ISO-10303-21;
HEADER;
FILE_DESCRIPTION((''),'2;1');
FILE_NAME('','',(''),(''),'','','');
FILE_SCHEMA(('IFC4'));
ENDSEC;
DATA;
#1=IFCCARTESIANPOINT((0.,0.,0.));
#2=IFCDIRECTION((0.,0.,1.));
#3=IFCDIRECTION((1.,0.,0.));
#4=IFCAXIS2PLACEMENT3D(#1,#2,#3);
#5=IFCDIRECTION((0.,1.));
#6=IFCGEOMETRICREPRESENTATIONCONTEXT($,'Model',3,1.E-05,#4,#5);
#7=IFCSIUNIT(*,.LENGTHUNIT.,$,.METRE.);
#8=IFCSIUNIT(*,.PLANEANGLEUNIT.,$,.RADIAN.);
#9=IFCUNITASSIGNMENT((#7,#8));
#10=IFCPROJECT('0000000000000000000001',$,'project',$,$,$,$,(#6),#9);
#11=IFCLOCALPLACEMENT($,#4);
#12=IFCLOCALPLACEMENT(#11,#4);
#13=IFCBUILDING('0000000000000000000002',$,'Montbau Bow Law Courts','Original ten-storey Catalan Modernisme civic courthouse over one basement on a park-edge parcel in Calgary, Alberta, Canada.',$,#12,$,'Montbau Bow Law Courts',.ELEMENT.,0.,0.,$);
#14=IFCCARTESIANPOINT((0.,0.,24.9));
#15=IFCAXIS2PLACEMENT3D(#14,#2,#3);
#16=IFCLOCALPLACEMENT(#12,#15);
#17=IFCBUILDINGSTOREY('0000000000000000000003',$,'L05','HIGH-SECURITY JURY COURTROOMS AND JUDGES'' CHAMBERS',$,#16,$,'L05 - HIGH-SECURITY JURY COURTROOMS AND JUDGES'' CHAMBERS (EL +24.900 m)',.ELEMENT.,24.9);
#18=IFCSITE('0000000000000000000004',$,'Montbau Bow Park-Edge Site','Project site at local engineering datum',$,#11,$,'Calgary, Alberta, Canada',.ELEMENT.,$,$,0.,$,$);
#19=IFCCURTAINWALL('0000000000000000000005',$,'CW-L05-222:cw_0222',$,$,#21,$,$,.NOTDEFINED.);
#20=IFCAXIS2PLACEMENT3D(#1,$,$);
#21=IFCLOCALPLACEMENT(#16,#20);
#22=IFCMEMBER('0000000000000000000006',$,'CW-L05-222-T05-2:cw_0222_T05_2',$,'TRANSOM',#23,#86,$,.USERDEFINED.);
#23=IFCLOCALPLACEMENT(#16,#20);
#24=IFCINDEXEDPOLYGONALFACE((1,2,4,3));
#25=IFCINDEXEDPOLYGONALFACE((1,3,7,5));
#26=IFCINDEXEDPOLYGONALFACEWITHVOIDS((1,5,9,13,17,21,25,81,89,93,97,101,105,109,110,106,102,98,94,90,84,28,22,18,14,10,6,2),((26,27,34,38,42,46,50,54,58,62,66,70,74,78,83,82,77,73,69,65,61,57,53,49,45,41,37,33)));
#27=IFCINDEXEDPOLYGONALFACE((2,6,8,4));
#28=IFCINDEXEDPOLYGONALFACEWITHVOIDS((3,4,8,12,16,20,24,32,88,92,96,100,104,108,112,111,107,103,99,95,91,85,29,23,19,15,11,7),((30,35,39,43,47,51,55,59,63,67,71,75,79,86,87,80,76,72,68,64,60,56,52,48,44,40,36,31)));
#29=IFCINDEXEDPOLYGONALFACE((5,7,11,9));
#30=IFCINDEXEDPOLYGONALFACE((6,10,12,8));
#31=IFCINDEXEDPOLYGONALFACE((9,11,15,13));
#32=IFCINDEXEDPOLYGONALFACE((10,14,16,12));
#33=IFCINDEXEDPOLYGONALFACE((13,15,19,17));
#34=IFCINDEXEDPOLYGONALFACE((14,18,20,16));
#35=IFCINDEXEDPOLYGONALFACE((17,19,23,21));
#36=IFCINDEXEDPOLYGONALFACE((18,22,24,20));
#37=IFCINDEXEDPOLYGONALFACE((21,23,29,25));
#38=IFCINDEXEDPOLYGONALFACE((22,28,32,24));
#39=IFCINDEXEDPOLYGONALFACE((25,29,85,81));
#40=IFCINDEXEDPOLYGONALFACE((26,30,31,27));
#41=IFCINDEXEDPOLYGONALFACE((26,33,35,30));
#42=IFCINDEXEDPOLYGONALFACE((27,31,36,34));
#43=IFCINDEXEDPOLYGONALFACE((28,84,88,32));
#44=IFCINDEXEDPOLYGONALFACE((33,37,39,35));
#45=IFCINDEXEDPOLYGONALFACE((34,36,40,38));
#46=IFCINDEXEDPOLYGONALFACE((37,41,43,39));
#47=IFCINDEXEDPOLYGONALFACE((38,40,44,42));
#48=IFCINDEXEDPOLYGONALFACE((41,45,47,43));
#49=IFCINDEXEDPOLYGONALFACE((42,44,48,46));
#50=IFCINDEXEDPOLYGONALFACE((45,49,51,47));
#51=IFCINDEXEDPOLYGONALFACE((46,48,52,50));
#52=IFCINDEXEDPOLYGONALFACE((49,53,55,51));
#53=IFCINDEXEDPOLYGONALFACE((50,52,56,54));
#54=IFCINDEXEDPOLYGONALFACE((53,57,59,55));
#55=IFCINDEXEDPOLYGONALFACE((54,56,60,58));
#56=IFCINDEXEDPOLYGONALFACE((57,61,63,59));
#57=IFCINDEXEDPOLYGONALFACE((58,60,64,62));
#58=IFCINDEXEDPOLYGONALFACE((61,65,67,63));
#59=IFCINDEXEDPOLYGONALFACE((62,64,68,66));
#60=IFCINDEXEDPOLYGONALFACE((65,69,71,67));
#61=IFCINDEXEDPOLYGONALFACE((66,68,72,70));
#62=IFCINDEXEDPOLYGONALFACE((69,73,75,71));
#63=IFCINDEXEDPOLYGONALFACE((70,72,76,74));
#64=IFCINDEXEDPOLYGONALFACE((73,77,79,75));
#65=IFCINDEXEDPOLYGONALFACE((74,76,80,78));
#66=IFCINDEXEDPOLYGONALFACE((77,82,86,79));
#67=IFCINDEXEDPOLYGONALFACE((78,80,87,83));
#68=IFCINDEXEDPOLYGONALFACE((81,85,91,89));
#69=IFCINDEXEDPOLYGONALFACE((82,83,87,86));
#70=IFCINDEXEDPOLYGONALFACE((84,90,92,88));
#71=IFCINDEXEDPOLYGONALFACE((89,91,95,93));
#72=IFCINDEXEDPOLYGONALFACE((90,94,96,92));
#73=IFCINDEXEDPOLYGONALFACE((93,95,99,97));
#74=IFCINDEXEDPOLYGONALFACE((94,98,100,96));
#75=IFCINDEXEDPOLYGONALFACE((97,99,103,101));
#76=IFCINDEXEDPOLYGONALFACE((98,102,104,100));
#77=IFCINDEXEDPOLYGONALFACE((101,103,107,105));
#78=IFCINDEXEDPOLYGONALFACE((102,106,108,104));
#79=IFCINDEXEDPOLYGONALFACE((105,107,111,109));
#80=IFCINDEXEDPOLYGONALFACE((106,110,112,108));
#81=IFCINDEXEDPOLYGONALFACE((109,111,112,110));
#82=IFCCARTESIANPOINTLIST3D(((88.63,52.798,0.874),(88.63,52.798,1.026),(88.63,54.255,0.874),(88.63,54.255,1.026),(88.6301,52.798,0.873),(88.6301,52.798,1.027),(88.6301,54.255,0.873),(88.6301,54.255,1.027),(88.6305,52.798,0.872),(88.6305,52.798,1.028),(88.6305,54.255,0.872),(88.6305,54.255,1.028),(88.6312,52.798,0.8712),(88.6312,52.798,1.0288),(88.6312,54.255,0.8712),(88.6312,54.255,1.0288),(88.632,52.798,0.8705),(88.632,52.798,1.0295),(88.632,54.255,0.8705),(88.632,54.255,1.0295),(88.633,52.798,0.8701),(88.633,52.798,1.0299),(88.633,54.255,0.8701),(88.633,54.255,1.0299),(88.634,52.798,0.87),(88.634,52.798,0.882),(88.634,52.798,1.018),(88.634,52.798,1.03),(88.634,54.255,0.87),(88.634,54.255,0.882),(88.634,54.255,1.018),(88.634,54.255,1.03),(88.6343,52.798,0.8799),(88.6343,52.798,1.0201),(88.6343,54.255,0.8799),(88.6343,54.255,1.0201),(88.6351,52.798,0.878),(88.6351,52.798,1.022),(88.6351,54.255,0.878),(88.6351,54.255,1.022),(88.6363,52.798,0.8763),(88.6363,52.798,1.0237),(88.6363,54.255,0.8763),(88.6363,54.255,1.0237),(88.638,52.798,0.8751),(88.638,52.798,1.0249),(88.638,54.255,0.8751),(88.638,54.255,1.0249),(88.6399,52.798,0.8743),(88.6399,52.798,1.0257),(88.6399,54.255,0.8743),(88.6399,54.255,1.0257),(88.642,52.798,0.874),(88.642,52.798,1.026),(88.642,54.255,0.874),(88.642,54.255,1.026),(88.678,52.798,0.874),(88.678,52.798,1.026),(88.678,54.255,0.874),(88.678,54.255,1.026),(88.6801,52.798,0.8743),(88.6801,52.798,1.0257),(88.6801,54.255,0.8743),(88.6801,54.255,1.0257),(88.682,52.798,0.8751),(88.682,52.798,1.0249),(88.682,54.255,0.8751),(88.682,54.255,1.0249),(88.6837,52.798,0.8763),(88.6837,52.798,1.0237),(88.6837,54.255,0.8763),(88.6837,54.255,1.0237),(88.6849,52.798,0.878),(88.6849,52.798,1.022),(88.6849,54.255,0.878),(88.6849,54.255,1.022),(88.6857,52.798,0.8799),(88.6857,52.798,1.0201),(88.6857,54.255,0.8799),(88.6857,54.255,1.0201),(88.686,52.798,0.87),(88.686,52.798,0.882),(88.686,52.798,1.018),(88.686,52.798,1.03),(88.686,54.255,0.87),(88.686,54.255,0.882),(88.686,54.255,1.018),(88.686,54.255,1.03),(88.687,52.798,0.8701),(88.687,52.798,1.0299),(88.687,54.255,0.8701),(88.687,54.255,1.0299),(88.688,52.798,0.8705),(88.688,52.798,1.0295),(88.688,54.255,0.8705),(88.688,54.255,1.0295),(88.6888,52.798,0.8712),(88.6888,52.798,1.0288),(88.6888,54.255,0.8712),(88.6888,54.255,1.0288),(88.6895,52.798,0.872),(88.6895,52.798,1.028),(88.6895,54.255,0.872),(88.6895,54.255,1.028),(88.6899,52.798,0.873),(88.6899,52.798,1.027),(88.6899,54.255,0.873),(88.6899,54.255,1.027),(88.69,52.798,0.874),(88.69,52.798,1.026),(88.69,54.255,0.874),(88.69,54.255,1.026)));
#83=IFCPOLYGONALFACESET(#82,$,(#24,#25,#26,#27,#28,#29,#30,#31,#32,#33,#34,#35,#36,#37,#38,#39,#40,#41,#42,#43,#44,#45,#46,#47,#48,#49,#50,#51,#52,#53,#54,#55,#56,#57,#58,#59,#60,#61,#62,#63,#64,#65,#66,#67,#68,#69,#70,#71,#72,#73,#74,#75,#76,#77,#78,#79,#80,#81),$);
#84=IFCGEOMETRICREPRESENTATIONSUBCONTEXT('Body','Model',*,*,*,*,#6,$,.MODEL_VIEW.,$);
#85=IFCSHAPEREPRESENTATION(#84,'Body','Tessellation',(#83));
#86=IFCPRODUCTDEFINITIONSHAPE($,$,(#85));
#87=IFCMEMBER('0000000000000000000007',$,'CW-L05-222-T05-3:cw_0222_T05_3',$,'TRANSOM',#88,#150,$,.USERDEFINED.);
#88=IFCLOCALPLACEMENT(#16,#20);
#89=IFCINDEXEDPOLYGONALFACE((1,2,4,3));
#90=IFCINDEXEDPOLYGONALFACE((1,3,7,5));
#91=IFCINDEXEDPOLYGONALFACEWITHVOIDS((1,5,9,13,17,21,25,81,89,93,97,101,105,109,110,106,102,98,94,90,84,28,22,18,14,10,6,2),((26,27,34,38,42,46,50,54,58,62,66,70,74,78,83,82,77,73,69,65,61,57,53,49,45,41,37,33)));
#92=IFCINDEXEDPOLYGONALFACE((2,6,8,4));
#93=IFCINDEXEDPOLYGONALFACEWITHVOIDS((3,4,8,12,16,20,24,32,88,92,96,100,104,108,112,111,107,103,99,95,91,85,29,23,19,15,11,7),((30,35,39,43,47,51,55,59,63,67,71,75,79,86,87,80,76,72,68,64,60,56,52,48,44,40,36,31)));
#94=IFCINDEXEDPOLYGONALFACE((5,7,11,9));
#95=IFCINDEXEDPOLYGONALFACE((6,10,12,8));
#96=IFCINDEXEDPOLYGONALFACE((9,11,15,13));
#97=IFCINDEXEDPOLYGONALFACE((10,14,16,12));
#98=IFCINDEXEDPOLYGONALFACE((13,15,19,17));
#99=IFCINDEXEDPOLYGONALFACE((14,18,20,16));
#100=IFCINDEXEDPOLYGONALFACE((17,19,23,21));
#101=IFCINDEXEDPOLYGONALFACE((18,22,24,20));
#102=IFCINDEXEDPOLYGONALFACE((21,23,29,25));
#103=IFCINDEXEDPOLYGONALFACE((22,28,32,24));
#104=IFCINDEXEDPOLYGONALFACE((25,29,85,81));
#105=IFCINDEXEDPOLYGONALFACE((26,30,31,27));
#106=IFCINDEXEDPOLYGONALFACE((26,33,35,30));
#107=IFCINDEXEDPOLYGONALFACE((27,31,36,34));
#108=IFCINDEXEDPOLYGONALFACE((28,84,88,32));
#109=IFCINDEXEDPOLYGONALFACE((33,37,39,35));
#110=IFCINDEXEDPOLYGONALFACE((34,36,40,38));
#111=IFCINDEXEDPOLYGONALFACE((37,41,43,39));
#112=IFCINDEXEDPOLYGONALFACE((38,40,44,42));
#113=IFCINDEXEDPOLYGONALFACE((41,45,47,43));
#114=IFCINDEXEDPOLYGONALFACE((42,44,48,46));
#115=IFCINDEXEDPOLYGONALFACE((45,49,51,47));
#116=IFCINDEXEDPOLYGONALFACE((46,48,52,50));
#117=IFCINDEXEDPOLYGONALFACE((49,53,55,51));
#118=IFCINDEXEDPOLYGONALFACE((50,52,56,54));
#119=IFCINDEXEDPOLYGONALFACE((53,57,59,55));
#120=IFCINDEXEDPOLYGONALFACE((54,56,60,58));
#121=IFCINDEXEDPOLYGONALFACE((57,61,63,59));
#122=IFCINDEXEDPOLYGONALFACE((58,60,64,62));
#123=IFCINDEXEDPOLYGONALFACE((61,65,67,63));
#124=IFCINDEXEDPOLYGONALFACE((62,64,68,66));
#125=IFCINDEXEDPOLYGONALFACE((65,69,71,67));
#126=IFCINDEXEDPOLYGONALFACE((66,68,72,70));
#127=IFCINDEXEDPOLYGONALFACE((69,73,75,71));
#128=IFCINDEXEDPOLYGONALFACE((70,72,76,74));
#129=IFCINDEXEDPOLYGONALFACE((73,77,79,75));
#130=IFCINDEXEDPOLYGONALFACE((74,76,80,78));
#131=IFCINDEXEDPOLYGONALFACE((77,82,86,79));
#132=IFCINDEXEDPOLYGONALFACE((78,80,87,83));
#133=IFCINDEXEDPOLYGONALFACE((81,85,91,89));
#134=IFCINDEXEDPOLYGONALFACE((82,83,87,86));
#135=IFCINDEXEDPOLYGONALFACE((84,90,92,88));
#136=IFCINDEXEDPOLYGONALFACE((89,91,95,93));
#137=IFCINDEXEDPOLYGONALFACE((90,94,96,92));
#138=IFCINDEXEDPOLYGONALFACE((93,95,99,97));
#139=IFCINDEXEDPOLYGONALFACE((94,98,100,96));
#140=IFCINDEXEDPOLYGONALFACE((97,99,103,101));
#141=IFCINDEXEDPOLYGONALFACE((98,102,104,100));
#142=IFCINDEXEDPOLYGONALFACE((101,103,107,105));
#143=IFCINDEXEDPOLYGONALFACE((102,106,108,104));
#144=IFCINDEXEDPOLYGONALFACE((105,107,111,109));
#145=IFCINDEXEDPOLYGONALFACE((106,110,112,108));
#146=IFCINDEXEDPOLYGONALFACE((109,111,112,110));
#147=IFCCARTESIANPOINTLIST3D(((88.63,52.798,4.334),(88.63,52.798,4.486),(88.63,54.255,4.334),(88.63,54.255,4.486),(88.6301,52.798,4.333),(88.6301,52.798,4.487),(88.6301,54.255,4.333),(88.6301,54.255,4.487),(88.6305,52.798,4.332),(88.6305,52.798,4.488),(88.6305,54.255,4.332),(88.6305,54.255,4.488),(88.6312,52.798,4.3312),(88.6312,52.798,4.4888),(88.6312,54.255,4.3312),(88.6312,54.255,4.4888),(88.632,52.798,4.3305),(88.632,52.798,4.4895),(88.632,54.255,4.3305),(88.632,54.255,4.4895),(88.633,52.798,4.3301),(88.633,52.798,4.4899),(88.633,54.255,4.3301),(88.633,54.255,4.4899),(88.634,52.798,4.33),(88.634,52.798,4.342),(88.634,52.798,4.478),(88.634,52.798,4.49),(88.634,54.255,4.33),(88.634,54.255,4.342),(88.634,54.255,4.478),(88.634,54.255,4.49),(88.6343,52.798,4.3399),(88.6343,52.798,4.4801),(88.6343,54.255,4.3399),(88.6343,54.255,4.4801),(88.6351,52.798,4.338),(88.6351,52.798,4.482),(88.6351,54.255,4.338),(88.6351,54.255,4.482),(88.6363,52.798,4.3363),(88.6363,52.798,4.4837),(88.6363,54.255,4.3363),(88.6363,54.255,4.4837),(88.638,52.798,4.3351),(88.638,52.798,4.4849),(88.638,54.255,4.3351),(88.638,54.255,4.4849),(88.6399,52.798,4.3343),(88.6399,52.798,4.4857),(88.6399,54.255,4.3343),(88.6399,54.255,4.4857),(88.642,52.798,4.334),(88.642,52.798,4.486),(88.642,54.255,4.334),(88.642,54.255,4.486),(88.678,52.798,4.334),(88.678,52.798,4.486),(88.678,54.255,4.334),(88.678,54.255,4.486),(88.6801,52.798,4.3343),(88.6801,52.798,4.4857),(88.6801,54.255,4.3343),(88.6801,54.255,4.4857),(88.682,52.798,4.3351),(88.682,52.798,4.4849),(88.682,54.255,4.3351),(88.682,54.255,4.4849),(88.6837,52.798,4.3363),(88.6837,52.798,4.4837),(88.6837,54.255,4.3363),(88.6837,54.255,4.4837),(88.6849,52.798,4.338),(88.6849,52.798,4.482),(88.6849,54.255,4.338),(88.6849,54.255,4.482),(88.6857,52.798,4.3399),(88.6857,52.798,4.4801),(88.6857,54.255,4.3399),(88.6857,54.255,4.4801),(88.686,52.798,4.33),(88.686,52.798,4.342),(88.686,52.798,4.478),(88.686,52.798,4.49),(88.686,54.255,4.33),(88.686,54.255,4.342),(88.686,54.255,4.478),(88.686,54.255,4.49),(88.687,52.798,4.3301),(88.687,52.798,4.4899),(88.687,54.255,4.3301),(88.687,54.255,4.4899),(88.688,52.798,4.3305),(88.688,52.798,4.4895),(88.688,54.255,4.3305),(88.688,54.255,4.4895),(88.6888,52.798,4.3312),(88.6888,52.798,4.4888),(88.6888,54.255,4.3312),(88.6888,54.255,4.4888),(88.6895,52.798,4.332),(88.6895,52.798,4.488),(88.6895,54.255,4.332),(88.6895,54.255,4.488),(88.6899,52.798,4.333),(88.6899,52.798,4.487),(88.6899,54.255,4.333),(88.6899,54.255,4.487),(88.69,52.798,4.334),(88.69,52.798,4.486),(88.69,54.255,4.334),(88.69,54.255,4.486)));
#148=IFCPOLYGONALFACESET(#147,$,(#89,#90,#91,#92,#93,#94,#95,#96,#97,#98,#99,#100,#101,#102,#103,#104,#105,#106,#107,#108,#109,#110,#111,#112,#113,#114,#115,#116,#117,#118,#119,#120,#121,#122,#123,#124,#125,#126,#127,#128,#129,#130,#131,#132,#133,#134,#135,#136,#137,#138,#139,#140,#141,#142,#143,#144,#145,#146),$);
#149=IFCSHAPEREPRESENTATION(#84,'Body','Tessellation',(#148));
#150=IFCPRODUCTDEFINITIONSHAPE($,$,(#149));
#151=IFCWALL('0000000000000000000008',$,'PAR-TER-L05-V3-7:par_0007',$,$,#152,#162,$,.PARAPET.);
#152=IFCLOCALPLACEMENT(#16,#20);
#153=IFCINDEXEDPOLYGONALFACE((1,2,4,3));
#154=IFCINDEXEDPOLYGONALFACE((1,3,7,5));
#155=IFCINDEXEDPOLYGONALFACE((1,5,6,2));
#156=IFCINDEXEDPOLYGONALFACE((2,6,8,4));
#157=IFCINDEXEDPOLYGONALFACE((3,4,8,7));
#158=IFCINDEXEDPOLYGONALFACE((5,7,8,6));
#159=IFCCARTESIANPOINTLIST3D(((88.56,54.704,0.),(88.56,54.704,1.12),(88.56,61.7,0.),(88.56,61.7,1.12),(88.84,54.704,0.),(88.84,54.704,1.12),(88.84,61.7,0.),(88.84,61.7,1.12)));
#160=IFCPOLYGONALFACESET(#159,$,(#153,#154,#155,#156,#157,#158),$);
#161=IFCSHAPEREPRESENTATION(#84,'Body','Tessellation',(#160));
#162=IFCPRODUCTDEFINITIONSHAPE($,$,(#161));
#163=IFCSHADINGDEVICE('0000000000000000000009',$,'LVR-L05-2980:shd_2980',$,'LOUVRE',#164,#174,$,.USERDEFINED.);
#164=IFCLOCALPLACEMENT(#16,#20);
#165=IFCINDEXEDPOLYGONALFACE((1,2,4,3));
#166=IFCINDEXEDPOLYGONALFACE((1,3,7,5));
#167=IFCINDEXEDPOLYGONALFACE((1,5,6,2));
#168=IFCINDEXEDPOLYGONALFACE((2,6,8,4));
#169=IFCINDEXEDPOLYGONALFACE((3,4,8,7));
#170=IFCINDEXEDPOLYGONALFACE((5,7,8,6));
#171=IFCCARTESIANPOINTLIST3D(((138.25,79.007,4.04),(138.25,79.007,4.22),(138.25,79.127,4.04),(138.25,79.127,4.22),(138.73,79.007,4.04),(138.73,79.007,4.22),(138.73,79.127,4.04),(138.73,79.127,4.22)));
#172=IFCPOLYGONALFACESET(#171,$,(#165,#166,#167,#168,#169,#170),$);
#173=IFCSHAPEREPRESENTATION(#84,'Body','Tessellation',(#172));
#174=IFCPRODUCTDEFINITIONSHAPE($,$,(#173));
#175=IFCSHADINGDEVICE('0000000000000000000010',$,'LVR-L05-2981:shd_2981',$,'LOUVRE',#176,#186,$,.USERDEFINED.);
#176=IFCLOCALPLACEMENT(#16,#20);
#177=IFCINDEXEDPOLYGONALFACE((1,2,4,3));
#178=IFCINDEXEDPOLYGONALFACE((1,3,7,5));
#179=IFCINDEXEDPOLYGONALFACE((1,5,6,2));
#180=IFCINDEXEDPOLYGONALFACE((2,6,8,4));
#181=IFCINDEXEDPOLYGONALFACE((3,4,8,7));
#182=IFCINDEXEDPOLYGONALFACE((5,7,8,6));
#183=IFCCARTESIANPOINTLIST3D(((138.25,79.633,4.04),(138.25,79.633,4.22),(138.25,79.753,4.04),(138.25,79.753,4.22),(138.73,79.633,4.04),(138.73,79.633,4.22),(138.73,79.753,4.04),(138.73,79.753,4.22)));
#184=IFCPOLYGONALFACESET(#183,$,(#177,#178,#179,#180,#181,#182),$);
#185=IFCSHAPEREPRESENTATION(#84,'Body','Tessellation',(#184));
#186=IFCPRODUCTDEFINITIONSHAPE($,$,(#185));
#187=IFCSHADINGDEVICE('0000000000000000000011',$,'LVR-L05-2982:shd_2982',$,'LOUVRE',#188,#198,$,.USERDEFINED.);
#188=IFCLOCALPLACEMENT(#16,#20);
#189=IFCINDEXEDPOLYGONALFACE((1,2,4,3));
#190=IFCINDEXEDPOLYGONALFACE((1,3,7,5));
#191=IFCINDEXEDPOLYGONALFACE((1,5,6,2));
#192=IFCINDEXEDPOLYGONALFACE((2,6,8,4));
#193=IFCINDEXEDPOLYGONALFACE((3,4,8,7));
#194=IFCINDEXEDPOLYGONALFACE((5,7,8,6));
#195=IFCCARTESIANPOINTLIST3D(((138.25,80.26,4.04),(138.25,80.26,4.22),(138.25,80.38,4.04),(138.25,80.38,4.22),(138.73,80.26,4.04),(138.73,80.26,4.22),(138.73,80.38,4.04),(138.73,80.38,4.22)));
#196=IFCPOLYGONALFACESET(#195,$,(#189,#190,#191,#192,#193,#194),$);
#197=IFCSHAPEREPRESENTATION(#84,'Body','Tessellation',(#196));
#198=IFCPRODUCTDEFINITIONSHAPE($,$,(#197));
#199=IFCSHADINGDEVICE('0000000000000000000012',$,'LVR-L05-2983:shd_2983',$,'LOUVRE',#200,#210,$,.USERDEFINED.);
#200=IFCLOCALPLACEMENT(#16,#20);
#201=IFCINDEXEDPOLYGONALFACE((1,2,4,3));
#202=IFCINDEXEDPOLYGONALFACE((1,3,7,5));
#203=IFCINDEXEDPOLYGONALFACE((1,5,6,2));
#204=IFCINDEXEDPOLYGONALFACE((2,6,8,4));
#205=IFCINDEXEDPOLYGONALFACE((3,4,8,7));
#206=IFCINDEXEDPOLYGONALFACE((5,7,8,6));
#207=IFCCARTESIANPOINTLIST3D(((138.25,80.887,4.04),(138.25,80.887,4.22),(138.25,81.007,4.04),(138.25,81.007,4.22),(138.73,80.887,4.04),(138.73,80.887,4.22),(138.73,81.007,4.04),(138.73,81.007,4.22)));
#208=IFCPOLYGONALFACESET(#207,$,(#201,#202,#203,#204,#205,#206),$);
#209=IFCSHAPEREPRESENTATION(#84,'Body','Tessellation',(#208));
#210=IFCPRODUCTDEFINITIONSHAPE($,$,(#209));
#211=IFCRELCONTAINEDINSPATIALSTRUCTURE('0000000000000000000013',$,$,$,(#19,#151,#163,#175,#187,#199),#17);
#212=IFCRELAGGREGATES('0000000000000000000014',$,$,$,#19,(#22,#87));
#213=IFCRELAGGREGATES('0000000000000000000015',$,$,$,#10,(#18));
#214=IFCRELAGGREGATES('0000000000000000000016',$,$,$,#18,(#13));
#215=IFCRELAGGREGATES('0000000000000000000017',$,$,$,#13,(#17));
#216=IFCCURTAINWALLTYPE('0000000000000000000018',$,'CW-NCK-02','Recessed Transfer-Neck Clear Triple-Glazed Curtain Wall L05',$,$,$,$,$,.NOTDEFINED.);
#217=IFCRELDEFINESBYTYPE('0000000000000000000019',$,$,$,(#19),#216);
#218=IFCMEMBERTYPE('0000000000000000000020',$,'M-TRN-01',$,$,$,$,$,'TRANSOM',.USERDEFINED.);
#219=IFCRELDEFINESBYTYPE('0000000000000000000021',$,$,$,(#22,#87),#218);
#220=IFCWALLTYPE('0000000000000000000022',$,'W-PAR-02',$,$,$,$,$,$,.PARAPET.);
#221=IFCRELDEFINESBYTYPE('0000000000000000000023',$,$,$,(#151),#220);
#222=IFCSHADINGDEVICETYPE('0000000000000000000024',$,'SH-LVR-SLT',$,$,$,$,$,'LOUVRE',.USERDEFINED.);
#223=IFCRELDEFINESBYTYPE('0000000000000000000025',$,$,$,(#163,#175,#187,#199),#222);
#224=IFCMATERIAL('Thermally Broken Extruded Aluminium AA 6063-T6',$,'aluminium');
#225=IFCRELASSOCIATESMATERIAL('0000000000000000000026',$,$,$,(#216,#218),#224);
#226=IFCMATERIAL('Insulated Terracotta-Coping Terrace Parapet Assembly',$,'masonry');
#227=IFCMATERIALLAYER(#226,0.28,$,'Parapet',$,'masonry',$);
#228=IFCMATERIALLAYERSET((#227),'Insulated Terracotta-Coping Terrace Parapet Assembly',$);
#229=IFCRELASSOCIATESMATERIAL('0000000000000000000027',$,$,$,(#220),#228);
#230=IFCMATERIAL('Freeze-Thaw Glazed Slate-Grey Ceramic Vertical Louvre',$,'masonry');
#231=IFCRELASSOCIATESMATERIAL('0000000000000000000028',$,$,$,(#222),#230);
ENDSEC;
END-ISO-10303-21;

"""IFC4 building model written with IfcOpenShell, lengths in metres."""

from ifc_helpers import new_model, si_unit, direction, frame, frame_2d, origin_with_axes, origin_2d_with_axis, place, context, subcontext, project, spatial, rectangle, hollow_rectangle, extrude, material, layer, layer_set, material_profile, profile_set, type_object, element, aggregate, save


model = new_model("IFC4")

# Units and contexts
model_context = context("Model", 3, precision=1e-05, world=origin_with_axes(), true_north=direction((0.0, 1.0)))
body_context = subcontext(model_context, "Body", "Model", "MODEL_VIEW")
ifc_project = project(units=[si_unit("LENGTHUNIT", "METRE"), si_unit("PLANEANGLEUNIT", "RADIAN")], contexts=[model_context])

# Site, building, storey
site_placement = place(None, origin_with_axes())
site = spatial("IfcSite", under=ifc_project, at=site_placement, Name="Montbau Bow Park-Edge Site", Description="Project site at local engineering datum", LongName="Calgary, Alberta, Canada", CompositionType="ELEMENT", RefElevation=0.0)
building_placement = place(site_placement, origin_with_axes())
building = spatial("IfcBuilding", under=site, at=building_placement, Name="Montbau Bow Law Courts", Description="Original ten-storey Catalan Modernisme civic courthouse over one basement on a park-edge parcel in Calgary, Alberta, Canada.", LongName="Montbau Bow Law Courts", CompositionType="ELEMENT", ElevationOfRefHeight=0.0, ElevationOfTerrain=0.0)
storey_placement = place(building_placement, frame((0.0, 0.0, 24.9), z_axis=(0.0, 0.0, 1.0), x_axis=(1.0, 0.0, 0.0)))
storey = spatial("IfcBuildingStorey", under=building, at=storey_placement, Name="L05", Description="HIGH-SECURITY JURY COURTROOMS AND JUDGES' CHAMBERS", LongName="L05 - HIGH-SECURITY JURY COURTROOMS AND JUDGES' CHAMBERS (EL +24.900 m)", CompositionType="ELEMENT", Elevation=24.9)

# Curtain wall, members
ifc_material_1 = material(Name="Thermally Broken Extruded Aluminium AA 6063-T6", Category="aluminium")
curtain_wall_type = type_object("IfcCurtainWallType", Name="CW-NCK-02", Description="Recessed Transfer-Neck Clear Triple-Glazed Curtain Wall L05", PredefinedType="NOTDEFINED", material=ifc_material_1)
curtain_wall_placement = place(None, frame((88.66, 46.468, 24.9), z_axis=(0.0, 0.0, 1.0), x_axis=(1.0, 0.0, 0.0)))
curtain_wall = element("IfcCurtainWall", 1, at=curtain_wall_placement, inside=storey, type_object=curtain_wall_type, Name="CW-L05-222:cw_0222", PredefinedType="NOTDEFINED")
ifc_material_profile_1 = material_profile(ifc_material_1, hollow_rectangle(XDim=0.06, YDim=0.16, WallThickness=0.004, InnerFilletRadius=0.008, OuterFilletRadius=0.004, at=origin_2d_with_axis()), Name="CWT-160X60", Category="Main", Priority=0)
ifc_profile_set_1 = profile_set([ifc_material_profile_1], Name="Thermally Broken Extruded Aluminium AA 6063-T6")
member_type_1 = type_object("IfcMemberType", Name="M-TRN-01", ElementType="TRANSOM", PredefinedType="USERDEFINED", material=ifc_profile_set_1)
member_1_placement = place(None, frame((88.66, 52.798, 25.85), z_axis=(0.0, 1.0, 0.0), x_axis=(-1.0, 0.0, 0.0)))
member_1 = element("IfcMember", 2, at=member_1_placement, type_object=member_type_1, Name="CW-L05-222-T05-2:cw_0222_T05_2", ObjectType="TRANSOM", PredefinedType="USERDEFINED", context=body_context, shape_type="SweptSolid", body=[
    extrude(hollow_rectangle(XDim=0.06, YDim=0.16, WallThickness=0.004, InnerFilletRadius=0.008, OuterFilletRadius=0.004, at=origin_2d_with_axis()), origin_with_axes(), (0.0, 0.0, 1.0), 1.457),
])
member_2_placement = place(None, frame((88.66, 52.798, 29.31), z_axis=(0.0, 1.0, 0.0), x_axis=(-1.0, 0.0, 0.0)))
member_2 = element("IfcMember", 3, at=member_2_placement, type_object=member_type_1, Name="CW-L05-222-T05-3:cw_0222_T05_3", ObjectType="TRANSOM", PredefinedType="USERDEFINED", context=body_context, shape_type="SweptSolid", body=[
    extrude(hollow_rectangle(XDim=0.06, YDim=0.16, WallThickness=0.004, InnerFilletRadius=0.008, OuterFilletRadius=0.004, at=origin_2d_with_axis()), origin_with_axes(), (0.0, 0.0, 1.0), 1.457),
])
aggregate(curtain_wall, [member_1, member_2])

# Wall
ifc_material_2 = material(Name="Insulated Terracotta-Coping Terrace Parapet Assembly", Category="masonry")
ifc_layer = layer(ifc_material_2, 0.28, Name="Parapet", Category="masonry")
ifc_layer_set = layer_set([ifc_layer], Name="Insulated Terracotta-Coping Terrace Parapet Assembly")
wall_type = type_object("IfcWallType", Name="W-PAR-02", PredefinedType="PARAPET", material=ifc_layer_set)
wall_placement = place(None, frame((88.7, 61.7, 24.9), z_axis=(0.0, 0.0, 1.0), x_axis=(0.0, -1.0, 0.0)))
element("IfcWall", 4, at=wall_placement, inside=storey, type_object=wall_type, Name="PAR-TER-L05-V3-7:par_0007", PredefinedType="PARAPET", context=body_context, shape_type="SweptSolid", body=[
    extrude(rectangle(XDim=6.996, YDim=0.28, at=frame_2d((3.498, 0.0), x_axis=(1.0, 0.0))), origin_with_axes(), (0.0, 0.0, 1.0), 1.12),
])

# Shading devices
ifc_material_3 = material(Name="Freeze-Thaw Glazed Slate-Grey Ceramic Vertical Louvre", Category="masonry")
shading_device_type = type_object("IfcShadingDeviceType", Name="SH-LVR-SLT", ElementType="LOUVRE", PredefinedType="USERDEFINED", material=ifc_material_3)
for number, where, z_axis, x_axis, name in (
    (5, (138.49, 79.067, 28.94), (0.0, 0.0, 1.0), (-1.0, 0.0, 0.0), "LVR-L05-2980:shd_2980"),
    (6, (138.49, 79.693, 28.94), (0.0, 0.0, 1.0), (-1.0, 0.0, 0.0), "LVR-L05-2981:shd_2981"),
    (7, (138.49, 80.32, 28.94), (0.0, 0.0, 1.0), (-1.0, 0.0, 0.0), "LVR-L05-2982:shd_2982"),
    (8, (138.49, 80.947, 28.94), (0.0, 0.0, 1.0), (-1.0, 0.0, 0.0), "LVR-L05-2983:shd_2983"),
):
    element("IfcShadingDevice", number, at=place(None, frame(where, z_axis=z_axis, x_axis=x_axis)), inside=storey, type_object=shading_device_type, Name=name, ObjectType="LOUVRE", PredefinedType="USERDEFINED", context=body_context, shape_type="SweptSolid", body=[
        extrude(rectangle(XDim=0.48, YDim=0.12, at=origin_2d_with_axis()), origin_with_axes(), (0.0, 0.0, 1.0), 0.18),
    ])

save(model, "model.ifc")
